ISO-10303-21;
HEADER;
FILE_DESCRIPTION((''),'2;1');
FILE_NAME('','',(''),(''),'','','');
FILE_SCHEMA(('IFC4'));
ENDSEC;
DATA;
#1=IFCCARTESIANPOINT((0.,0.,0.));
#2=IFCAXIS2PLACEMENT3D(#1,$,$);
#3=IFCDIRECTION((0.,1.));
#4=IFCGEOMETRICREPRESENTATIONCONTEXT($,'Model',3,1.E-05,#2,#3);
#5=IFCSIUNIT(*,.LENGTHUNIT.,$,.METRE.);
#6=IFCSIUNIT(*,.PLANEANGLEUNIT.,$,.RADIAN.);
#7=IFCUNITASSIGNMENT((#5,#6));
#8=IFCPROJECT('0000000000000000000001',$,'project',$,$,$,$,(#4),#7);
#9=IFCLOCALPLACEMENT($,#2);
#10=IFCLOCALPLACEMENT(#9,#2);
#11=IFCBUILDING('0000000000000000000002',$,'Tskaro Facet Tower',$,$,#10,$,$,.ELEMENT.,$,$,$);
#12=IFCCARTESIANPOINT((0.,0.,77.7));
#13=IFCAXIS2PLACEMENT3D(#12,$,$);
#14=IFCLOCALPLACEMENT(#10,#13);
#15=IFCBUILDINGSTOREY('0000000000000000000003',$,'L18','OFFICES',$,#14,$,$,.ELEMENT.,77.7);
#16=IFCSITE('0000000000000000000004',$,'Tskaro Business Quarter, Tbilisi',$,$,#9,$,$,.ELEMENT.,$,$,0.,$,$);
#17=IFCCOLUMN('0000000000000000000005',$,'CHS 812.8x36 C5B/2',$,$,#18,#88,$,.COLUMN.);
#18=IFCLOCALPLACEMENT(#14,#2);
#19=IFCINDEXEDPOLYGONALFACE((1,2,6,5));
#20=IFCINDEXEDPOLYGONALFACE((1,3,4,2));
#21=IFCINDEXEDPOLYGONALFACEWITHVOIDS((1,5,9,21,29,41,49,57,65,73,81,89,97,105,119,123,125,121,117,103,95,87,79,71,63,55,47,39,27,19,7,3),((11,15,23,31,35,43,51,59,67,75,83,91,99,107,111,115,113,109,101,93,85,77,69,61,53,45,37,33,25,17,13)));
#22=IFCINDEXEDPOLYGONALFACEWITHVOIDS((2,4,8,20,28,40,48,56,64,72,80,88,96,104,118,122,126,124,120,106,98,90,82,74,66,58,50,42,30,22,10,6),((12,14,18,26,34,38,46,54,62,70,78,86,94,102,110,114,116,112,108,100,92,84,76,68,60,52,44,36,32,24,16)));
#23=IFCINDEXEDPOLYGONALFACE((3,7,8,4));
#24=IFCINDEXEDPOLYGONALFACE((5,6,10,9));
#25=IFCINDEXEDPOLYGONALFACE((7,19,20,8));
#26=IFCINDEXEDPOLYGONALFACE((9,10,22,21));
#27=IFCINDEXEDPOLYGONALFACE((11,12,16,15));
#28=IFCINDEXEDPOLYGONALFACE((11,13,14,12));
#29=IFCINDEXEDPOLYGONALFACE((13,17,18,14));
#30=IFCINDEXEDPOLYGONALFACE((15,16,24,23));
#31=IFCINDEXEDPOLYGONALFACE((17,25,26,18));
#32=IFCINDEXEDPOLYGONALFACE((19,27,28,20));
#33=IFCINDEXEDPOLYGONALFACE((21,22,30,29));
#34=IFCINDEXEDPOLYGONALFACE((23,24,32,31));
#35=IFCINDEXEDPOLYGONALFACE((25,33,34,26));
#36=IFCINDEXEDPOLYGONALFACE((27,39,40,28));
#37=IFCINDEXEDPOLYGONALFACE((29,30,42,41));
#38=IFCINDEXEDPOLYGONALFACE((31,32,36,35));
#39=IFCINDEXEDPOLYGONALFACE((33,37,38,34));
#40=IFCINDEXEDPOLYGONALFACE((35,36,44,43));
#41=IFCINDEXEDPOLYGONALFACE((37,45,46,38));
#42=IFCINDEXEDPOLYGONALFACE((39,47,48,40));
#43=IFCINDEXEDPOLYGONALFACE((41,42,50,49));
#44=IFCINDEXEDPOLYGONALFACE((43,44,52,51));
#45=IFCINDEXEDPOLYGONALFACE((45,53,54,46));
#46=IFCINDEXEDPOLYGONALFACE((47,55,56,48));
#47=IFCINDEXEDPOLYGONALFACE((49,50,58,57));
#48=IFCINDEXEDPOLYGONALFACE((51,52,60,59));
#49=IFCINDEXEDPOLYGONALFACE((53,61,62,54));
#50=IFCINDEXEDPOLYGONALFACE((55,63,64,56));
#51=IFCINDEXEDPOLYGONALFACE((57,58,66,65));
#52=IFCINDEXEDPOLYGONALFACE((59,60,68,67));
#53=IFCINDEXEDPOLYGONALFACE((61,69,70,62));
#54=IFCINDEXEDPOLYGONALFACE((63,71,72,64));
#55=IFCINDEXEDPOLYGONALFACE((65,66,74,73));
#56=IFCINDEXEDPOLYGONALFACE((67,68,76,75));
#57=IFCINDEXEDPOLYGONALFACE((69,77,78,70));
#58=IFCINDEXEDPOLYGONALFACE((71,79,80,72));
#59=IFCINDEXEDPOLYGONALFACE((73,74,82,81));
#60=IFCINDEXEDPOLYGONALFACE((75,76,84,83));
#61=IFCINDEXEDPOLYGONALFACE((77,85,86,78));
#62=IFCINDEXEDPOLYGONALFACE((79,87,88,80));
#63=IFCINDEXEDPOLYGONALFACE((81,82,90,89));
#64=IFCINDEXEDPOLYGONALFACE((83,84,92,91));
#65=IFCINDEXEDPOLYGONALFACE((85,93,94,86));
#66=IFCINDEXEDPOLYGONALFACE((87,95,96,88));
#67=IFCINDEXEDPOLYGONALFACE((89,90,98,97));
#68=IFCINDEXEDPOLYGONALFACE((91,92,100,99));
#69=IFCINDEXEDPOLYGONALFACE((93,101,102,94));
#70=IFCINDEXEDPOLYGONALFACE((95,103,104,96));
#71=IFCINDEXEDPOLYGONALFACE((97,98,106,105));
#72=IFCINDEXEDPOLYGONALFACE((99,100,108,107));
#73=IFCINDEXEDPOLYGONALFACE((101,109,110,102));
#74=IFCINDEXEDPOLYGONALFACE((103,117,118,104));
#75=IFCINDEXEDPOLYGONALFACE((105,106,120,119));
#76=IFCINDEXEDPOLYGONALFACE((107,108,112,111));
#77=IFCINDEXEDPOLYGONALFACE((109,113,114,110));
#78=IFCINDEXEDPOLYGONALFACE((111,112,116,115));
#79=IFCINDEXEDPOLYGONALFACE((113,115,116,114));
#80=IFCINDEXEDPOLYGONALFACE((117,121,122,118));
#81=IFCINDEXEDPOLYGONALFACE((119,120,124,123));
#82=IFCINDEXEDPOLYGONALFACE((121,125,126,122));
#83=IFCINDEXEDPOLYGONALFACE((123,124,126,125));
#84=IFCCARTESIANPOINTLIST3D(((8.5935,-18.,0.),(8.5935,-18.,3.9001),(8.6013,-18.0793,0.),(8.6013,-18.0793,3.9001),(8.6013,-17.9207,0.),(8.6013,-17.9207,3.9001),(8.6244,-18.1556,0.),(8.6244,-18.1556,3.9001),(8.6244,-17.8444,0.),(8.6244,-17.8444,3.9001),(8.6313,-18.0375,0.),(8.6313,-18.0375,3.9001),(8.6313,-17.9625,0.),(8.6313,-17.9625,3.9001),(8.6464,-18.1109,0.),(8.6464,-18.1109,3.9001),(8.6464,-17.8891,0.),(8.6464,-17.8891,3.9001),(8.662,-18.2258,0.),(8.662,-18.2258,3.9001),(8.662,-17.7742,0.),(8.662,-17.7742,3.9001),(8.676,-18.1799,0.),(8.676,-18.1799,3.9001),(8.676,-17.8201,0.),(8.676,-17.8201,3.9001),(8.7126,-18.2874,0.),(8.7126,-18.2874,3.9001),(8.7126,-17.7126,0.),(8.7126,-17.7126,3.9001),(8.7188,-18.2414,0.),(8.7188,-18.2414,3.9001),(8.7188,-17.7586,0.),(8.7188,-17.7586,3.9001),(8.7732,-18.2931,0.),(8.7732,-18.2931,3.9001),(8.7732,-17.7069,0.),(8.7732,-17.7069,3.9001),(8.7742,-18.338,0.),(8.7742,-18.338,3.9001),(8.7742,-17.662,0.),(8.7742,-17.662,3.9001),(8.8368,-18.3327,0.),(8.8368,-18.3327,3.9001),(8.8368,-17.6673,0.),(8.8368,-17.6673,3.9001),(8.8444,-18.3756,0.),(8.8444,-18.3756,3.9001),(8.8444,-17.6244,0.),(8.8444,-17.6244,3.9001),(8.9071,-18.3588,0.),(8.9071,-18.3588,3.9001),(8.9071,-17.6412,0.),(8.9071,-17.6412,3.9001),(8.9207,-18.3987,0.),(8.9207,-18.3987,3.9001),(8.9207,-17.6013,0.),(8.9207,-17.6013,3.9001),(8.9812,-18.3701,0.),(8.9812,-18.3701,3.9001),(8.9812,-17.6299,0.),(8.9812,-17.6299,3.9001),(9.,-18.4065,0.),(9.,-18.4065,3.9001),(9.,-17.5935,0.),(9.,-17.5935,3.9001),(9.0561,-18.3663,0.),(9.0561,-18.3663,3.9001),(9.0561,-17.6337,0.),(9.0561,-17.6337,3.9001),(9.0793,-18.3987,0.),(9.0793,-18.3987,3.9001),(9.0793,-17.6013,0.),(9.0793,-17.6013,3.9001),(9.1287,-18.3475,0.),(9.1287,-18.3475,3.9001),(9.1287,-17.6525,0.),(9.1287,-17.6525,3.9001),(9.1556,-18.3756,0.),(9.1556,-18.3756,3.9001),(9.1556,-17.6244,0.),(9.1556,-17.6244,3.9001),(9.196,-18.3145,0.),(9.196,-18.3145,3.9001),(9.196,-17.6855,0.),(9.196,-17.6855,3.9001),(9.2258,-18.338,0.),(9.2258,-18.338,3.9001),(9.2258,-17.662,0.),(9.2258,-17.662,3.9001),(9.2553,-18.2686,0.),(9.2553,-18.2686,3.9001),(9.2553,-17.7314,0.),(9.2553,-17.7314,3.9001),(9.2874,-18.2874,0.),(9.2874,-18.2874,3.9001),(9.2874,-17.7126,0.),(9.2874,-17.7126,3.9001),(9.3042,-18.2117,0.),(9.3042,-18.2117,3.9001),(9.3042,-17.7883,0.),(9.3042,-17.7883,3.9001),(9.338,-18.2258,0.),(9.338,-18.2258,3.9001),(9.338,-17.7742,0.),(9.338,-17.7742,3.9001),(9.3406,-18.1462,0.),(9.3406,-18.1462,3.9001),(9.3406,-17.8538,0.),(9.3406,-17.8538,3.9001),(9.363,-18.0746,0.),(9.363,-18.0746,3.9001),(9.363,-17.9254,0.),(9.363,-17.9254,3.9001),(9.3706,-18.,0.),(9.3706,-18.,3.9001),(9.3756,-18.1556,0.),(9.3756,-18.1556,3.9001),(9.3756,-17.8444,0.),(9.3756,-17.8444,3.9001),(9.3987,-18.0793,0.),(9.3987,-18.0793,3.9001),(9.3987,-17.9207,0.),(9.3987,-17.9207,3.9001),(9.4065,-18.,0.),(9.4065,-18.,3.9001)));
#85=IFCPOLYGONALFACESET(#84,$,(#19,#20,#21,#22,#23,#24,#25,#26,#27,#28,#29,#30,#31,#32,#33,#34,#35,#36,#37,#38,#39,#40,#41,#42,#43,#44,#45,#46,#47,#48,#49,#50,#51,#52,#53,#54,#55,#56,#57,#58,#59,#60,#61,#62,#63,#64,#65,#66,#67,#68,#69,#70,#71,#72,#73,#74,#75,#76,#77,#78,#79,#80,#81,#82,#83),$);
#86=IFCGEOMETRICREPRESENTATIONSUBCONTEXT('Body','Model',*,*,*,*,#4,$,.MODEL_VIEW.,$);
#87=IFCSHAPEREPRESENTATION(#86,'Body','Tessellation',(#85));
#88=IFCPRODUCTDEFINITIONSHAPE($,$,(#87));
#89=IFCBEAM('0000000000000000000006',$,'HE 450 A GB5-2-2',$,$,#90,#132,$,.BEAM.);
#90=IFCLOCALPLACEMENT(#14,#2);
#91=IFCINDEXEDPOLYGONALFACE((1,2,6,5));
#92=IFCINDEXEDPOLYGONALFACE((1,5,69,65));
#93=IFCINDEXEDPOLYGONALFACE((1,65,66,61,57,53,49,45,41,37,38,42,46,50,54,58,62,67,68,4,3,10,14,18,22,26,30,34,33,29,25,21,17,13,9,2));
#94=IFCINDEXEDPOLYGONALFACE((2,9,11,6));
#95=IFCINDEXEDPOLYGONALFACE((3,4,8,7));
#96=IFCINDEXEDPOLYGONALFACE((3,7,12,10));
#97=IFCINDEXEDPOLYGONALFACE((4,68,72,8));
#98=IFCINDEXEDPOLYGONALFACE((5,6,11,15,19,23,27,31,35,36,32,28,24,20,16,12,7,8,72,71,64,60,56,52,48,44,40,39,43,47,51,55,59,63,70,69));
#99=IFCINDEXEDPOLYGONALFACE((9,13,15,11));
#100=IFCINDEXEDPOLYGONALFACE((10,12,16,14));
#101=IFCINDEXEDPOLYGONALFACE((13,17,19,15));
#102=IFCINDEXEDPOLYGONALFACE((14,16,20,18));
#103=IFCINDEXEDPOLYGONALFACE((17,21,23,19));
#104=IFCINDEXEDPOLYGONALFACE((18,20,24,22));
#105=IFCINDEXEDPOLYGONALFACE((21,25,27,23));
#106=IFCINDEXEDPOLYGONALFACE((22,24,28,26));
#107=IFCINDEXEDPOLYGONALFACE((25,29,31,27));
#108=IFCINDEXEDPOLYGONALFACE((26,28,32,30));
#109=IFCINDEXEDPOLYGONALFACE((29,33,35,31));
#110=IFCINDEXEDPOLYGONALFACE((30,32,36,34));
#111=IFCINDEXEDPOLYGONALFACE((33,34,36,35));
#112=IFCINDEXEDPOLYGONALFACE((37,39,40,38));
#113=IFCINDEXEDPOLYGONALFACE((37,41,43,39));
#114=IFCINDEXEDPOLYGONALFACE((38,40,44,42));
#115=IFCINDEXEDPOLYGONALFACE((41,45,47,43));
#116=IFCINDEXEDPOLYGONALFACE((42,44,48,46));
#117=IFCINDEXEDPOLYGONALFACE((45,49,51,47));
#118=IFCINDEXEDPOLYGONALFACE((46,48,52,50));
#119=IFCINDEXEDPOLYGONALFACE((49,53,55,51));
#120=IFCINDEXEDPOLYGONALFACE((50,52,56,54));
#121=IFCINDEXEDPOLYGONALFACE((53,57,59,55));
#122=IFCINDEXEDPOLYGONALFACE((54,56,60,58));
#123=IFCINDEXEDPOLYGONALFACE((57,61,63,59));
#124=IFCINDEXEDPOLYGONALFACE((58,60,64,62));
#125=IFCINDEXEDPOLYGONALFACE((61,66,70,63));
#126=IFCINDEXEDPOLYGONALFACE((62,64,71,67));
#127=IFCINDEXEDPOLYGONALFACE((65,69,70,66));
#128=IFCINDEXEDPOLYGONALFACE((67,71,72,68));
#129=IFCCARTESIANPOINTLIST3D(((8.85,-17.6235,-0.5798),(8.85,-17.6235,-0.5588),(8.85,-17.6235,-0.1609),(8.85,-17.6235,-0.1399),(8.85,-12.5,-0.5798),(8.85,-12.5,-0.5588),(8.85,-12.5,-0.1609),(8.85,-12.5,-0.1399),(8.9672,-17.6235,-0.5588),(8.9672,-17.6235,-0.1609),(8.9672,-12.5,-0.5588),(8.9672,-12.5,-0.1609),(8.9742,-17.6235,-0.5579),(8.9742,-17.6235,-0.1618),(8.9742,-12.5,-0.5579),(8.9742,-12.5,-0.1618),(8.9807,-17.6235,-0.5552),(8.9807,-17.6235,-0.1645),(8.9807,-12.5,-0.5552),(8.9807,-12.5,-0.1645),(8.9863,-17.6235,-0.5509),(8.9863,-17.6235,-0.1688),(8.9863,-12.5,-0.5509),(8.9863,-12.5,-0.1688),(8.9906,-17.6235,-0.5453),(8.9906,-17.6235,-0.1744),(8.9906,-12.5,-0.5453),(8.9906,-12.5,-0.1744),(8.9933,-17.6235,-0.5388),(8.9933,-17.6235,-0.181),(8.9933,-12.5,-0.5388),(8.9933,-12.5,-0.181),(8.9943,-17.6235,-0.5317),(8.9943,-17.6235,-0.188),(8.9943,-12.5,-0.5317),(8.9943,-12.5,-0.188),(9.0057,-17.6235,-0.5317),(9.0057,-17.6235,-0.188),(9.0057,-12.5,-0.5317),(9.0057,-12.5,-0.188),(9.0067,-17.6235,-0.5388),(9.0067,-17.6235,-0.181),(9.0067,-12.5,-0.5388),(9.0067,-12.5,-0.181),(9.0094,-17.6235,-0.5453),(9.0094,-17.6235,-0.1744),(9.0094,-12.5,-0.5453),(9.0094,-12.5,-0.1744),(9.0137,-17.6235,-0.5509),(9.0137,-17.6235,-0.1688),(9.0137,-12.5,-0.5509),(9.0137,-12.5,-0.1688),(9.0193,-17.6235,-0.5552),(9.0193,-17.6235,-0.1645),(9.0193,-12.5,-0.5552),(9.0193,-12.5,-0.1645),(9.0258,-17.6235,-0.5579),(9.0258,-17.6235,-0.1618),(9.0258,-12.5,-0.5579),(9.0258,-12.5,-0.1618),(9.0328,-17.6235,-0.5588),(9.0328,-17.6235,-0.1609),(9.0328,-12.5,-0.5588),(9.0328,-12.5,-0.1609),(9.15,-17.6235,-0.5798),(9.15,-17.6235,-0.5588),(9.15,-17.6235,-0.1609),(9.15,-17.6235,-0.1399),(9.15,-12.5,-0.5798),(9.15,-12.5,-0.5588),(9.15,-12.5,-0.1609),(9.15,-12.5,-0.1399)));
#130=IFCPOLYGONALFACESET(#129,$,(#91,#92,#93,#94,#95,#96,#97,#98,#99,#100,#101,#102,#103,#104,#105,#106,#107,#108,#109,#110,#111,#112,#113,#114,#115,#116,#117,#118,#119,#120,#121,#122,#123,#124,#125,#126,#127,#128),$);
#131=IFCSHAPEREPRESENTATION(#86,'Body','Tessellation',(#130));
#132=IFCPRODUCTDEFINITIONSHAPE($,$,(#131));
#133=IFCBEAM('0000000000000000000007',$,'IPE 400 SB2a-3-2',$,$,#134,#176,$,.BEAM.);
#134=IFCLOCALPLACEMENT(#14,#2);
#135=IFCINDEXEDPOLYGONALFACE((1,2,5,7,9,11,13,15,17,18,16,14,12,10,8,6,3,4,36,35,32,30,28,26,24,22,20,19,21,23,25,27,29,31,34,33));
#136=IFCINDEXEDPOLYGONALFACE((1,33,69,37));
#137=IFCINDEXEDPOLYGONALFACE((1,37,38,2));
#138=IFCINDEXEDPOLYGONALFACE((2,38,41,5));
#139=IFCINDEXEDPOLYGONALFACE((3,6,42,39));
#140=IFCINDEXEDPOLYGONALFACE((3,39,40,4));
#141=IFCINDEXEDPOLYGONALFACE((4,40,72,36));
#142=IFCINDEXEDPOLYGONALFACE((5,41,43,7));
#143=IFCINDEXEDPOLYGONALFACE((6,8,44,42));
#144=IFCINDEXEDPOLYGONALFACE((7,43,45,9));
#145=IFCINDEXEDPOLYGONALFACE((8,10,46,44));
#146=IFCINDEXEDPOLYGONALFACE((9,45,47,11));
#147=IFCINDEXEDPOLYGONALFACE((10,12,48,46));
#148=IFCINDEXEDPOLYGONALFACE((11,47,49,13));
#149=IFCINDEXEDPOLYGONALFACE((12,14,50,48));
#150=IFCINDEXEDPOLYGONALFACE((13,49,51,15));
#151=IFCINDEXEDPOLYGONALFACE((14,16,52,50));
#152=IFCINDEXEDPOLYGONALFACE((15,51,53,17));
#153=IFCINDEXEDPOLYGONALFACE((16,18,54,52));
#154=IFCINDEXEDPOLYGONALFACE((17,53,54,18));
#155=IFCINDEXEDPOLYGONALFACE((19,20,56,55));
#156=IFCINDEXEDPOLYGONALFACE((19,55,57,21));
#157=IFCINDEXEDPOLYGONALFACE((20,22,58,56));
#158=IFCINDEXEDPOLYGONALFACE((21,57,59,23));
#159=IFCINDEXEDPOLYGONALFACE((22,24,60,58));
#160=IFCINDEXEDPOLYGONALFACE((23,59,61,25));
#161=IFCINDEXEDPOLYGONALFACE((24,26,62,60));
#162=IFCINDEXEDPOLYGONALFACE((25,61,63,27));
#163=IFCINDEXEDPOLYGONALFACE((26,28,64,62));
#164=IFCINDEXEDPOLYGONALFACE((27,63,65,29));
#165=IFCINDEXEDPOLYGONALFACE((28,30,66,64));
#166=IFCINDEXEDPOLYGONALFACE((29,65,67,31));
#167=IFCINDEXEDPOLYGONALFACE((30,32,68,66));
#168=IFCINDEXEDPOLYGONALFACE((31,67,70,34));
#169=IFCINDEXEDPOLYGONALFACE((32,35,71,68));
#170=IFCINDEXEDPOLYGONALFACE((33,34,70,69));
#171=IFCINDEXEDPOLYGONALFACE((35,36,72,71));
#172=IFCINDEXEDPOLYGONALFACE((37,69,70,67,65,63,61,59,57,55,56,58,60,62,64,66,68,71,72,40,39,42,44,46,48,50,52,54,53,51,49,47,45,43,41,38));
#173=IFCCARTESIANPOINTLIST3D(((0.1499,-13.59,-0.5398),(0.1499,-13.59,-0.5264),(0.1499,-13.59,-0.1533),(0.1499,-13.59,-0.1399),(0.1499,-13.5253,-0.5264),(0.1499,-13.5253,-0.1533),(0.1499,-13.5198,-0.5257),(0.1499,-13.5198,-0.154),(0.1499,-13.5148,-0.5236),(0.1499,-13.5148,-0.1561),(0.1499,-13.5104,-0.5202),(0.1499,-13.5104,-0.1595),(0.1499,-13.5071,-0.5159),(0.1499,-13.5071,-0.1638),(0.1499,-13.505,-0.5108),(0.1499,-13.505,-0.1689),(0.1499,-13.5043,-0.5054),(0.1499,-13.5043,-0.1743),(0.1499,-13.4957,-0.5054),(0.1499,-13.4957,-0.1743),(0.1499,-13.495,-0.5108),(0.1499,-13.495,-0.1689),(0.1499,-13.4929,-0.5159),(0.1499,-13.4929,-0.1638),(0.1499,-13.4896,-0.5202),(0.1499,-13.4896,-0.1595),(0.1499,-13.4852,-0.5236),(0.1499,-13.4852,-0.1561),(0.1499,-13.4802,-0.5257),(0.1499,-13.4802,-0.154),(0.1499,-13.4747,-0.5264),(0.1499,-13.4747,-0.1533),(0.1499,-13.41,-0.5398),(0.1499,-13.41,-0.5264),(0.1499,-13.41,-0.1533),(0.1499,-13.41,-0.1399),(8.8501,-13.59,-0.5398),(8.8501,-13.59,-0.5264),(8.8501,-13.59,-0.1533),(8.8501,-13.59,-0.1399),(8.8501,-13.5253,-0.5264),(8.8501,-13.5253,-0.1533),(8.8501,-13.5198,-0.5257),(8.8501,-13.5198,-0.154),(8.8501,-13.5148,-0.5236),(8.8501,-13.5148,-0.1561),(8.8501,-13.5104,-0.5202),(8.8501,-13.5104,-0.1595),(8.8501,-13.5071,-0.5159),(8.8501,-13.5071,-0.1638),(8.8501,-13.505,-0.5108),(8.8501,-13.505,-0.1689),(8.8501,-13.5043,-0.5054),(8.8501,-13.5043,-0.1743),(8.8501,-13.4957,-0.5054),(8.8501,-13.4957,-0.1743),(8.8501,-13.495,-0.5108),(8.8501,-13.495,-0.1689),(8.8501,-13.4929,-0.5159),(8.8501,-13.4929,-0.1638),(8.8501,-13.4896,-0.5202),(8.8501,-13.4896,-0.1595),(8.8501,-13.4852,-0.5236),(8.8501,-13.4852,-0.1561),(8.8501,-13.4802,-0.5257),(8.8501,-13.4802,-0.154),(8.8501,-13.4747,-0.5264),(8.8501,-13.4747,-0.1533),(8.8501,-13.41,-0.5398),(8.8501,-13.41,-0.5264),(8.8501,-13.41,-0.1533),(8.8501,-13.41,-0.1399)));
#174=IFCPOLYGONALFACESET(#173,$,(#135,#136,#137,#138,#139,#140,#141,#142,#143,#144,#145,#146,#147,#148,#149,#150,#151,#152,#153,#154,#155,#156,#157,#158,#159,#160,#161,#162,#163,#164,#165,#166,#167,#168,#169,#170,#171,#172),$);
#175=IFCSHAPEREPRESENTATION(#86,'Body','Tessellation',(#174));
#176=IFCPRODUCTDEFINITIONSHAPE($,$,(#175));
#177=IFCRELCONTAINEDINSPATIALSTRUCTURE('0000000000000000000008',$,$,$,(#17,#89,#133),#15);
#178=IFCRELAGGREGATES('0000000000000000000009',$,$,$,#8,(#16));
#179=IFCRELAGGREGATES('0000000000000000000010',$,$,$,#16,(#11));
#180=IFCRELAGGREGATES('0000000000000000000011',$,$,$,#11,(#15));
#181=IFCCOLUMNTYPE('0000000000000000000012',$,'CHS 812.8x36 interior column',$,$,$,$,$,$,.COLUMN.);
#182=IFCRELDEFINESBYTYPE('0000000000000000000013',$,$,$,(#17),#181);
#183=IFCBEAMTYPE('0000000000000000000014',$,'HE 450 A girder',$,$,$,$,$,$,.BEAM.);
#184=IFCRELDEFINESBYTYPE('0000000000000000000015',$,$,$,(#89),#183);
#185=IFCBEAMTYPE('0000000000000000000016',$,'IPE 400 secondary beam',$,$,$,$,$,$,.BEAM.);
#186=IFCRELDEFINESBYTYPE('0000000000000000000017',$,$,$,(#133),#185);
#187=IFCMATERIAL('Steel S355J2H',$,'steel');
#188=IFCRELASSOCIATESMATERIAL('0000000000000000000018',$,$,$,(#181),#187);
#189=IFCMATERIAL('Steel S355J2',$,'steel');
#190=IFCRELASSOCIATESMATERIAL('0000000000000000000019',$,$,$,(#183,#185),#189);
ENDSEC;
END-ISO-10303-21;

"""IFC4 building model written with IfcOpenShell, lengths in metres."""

from ifc_helpers import new_model, si_unit, direction, frame, origin, origin_2d, place, context, subcontext, project, spatial, hollow_circle, i_section, extrude, material, material_profile, profile_set, type_object, element, save


model = new_model("IFC4")

# Units and contexts
model_context = context("Model", 3, precision=1e-05, world=origin(), true_north=direction((0.0, 1.0)))
body_context = subcontext(model_context, "Body", "Model", "MODEL_VIEW")
ifc_project = project(units=[si_unit("LENGTHUNIT", "METRE"), si_unit("PLANEANGLEUNIT", "RADIAN")], contexts=[model_context])

# Site, building, storey
site_placement = place(None, origin())
site = spatial("IfcSite", under=ifc_project, at=site_placement, Name="Tskaro Business Quarter, Tbilisi", CompositionType="ELEMENT", RefElevation=0.0)
building_placement = place(site_placement, origin())
building = spatial("IfcBuilding", under=site, at=building_placement, Name="Tskaro Facet Tower", CompositionType="ELEMENT")
storey_placement = place(building_placement, frame((0.0, 0.0, 77.7)))
storey = spatial("IfcBuildingStorey", under=building, at=storey_placement, Name="L18", Description="OFFICES", CompositionType="ELEMENT", Elevation=77.7)

# Column
ifc_material_1 = material(Name="Steel S355J2H", Category="steel")
ifc_material_profile_1 = material_profile(ifc_material_1, hollow_circle(Radius=0.4065, WallThickness=0.0359, at=origin_2d()), Name="CHS 812.8x36")
ifc_profile_set_1 = profile_set([ifc_material_profile_1], Name="Steel S355J2H")
column_type = type_object("IfcColumnType", Name="CHS 812.8x36 interior column", PredefinedType="COLUMN", material=ifc_profile_set_1)
column_placement = place(storey_placement, frame((9.0, -18.0, 0.0), z_axis=(0.0, 0.0, 1.0), x_axis=(1.0, 0.0, 0.0)))
element("IfcColumn", 1, at=column_placement, inside=storey, type_object=column_type, Name="CHS 812.8x36 C5B/2", PredefinedType="COLUMN", context=body_context, shape_type="SweptSolid", body=[
    extrude(hollow_circle(Radius=0.4065, WallThickness=0.0359, at=origin_2d()), origin(), (0.0, 0.0, 1.0), 3.9001),
])

# Beams
ifc_material_2 = material(Name="Steel S355J2", Category="steel")
ifc_material_profile_2 = material_profile(ifc_material_2, i_section(OverallWidth=0.3, OverallDepth=0.4399, WebThickness=0.0115, FlangeThickness=0.021, FilletRadius=0.0271, at=origin_2d()), Name="HE 450 A")
ifc_profile_set_2 = profile_set([ifc_material_profile_2], Name="Steel S355J2")
beam_type_1 = type_object("IfcBeamType", Name="HE 450 A girder", PredefinedType="BEAM", material=ifc_profile_set_2)
beam_1_placement = place(storey_placement, frame((9.0, -17.6235, -0.3599), z_axis=(0.0, 1.0, 0.0), x_axis=(-1.0, 0.0, 0.0)))
element("IfcBeam", 2, at=beam_1_placement, inside=storey, type_object=beam_type_1, Name="HE 450 A GB5-2-2", PredefinedType="BEAM", context=body_context, shape_type="SweptSolid", body=[
    extrude(i_section(OverallWidth=0.3, OverallDepth=0.4399, WebThickness=0.0115, FlangeThickness=0.021, FilletRadius=0.0271, at=origin_2d()), origin(), (0.0, 0.0, 1.0), 5.1235),
])
ifc_material_profile_3 = material_profile(ifc_material_2, i_section(OverallWidth=0.1799, OverallDepth=0.3999, WebThickness=0.0085, FlangeThickness=0.0134, FilletRadius=0.021, at=origin_2d()), Name="IPE 400")
ifc_profile_set_3 = profile_set([ifc_material_profile_3], Name="Steel S355J2")
beam_type_2 = type_object("IfcBeamType", Name="IPE 400 secondary beam", PredefinedType="BEAM", material=ifc_profile_set_3)
for number, where, z_axis, x_axis, name in (
    (3, (0.1499, -13.5, -0.3398), (1.0, 0.0, 0.0), (0.0, 1.0, 0.0), "IPE 400 SB2a-3-2"),
):
    element("IfcBeam", number, at=place(storey_placement, frame(where, z_axis=z_axis, x_axis=x_axis)), inside=storey, type_object=beam_type_2, Name=name, PredefinedType="BEAM", context=body_context, shape_type="SweptSolid", body=[
        extrude(i_section(OverallWidth=0.1799, OverallDepth=0.3999, WebThickness=0.0085, FlangeThickness=0.0134, FilletRadius=0.021, at=origin_2d()), origin(), (0.0, 0.0, 1.0), 8.7002),
    ])

save(model, "model.ifc")
